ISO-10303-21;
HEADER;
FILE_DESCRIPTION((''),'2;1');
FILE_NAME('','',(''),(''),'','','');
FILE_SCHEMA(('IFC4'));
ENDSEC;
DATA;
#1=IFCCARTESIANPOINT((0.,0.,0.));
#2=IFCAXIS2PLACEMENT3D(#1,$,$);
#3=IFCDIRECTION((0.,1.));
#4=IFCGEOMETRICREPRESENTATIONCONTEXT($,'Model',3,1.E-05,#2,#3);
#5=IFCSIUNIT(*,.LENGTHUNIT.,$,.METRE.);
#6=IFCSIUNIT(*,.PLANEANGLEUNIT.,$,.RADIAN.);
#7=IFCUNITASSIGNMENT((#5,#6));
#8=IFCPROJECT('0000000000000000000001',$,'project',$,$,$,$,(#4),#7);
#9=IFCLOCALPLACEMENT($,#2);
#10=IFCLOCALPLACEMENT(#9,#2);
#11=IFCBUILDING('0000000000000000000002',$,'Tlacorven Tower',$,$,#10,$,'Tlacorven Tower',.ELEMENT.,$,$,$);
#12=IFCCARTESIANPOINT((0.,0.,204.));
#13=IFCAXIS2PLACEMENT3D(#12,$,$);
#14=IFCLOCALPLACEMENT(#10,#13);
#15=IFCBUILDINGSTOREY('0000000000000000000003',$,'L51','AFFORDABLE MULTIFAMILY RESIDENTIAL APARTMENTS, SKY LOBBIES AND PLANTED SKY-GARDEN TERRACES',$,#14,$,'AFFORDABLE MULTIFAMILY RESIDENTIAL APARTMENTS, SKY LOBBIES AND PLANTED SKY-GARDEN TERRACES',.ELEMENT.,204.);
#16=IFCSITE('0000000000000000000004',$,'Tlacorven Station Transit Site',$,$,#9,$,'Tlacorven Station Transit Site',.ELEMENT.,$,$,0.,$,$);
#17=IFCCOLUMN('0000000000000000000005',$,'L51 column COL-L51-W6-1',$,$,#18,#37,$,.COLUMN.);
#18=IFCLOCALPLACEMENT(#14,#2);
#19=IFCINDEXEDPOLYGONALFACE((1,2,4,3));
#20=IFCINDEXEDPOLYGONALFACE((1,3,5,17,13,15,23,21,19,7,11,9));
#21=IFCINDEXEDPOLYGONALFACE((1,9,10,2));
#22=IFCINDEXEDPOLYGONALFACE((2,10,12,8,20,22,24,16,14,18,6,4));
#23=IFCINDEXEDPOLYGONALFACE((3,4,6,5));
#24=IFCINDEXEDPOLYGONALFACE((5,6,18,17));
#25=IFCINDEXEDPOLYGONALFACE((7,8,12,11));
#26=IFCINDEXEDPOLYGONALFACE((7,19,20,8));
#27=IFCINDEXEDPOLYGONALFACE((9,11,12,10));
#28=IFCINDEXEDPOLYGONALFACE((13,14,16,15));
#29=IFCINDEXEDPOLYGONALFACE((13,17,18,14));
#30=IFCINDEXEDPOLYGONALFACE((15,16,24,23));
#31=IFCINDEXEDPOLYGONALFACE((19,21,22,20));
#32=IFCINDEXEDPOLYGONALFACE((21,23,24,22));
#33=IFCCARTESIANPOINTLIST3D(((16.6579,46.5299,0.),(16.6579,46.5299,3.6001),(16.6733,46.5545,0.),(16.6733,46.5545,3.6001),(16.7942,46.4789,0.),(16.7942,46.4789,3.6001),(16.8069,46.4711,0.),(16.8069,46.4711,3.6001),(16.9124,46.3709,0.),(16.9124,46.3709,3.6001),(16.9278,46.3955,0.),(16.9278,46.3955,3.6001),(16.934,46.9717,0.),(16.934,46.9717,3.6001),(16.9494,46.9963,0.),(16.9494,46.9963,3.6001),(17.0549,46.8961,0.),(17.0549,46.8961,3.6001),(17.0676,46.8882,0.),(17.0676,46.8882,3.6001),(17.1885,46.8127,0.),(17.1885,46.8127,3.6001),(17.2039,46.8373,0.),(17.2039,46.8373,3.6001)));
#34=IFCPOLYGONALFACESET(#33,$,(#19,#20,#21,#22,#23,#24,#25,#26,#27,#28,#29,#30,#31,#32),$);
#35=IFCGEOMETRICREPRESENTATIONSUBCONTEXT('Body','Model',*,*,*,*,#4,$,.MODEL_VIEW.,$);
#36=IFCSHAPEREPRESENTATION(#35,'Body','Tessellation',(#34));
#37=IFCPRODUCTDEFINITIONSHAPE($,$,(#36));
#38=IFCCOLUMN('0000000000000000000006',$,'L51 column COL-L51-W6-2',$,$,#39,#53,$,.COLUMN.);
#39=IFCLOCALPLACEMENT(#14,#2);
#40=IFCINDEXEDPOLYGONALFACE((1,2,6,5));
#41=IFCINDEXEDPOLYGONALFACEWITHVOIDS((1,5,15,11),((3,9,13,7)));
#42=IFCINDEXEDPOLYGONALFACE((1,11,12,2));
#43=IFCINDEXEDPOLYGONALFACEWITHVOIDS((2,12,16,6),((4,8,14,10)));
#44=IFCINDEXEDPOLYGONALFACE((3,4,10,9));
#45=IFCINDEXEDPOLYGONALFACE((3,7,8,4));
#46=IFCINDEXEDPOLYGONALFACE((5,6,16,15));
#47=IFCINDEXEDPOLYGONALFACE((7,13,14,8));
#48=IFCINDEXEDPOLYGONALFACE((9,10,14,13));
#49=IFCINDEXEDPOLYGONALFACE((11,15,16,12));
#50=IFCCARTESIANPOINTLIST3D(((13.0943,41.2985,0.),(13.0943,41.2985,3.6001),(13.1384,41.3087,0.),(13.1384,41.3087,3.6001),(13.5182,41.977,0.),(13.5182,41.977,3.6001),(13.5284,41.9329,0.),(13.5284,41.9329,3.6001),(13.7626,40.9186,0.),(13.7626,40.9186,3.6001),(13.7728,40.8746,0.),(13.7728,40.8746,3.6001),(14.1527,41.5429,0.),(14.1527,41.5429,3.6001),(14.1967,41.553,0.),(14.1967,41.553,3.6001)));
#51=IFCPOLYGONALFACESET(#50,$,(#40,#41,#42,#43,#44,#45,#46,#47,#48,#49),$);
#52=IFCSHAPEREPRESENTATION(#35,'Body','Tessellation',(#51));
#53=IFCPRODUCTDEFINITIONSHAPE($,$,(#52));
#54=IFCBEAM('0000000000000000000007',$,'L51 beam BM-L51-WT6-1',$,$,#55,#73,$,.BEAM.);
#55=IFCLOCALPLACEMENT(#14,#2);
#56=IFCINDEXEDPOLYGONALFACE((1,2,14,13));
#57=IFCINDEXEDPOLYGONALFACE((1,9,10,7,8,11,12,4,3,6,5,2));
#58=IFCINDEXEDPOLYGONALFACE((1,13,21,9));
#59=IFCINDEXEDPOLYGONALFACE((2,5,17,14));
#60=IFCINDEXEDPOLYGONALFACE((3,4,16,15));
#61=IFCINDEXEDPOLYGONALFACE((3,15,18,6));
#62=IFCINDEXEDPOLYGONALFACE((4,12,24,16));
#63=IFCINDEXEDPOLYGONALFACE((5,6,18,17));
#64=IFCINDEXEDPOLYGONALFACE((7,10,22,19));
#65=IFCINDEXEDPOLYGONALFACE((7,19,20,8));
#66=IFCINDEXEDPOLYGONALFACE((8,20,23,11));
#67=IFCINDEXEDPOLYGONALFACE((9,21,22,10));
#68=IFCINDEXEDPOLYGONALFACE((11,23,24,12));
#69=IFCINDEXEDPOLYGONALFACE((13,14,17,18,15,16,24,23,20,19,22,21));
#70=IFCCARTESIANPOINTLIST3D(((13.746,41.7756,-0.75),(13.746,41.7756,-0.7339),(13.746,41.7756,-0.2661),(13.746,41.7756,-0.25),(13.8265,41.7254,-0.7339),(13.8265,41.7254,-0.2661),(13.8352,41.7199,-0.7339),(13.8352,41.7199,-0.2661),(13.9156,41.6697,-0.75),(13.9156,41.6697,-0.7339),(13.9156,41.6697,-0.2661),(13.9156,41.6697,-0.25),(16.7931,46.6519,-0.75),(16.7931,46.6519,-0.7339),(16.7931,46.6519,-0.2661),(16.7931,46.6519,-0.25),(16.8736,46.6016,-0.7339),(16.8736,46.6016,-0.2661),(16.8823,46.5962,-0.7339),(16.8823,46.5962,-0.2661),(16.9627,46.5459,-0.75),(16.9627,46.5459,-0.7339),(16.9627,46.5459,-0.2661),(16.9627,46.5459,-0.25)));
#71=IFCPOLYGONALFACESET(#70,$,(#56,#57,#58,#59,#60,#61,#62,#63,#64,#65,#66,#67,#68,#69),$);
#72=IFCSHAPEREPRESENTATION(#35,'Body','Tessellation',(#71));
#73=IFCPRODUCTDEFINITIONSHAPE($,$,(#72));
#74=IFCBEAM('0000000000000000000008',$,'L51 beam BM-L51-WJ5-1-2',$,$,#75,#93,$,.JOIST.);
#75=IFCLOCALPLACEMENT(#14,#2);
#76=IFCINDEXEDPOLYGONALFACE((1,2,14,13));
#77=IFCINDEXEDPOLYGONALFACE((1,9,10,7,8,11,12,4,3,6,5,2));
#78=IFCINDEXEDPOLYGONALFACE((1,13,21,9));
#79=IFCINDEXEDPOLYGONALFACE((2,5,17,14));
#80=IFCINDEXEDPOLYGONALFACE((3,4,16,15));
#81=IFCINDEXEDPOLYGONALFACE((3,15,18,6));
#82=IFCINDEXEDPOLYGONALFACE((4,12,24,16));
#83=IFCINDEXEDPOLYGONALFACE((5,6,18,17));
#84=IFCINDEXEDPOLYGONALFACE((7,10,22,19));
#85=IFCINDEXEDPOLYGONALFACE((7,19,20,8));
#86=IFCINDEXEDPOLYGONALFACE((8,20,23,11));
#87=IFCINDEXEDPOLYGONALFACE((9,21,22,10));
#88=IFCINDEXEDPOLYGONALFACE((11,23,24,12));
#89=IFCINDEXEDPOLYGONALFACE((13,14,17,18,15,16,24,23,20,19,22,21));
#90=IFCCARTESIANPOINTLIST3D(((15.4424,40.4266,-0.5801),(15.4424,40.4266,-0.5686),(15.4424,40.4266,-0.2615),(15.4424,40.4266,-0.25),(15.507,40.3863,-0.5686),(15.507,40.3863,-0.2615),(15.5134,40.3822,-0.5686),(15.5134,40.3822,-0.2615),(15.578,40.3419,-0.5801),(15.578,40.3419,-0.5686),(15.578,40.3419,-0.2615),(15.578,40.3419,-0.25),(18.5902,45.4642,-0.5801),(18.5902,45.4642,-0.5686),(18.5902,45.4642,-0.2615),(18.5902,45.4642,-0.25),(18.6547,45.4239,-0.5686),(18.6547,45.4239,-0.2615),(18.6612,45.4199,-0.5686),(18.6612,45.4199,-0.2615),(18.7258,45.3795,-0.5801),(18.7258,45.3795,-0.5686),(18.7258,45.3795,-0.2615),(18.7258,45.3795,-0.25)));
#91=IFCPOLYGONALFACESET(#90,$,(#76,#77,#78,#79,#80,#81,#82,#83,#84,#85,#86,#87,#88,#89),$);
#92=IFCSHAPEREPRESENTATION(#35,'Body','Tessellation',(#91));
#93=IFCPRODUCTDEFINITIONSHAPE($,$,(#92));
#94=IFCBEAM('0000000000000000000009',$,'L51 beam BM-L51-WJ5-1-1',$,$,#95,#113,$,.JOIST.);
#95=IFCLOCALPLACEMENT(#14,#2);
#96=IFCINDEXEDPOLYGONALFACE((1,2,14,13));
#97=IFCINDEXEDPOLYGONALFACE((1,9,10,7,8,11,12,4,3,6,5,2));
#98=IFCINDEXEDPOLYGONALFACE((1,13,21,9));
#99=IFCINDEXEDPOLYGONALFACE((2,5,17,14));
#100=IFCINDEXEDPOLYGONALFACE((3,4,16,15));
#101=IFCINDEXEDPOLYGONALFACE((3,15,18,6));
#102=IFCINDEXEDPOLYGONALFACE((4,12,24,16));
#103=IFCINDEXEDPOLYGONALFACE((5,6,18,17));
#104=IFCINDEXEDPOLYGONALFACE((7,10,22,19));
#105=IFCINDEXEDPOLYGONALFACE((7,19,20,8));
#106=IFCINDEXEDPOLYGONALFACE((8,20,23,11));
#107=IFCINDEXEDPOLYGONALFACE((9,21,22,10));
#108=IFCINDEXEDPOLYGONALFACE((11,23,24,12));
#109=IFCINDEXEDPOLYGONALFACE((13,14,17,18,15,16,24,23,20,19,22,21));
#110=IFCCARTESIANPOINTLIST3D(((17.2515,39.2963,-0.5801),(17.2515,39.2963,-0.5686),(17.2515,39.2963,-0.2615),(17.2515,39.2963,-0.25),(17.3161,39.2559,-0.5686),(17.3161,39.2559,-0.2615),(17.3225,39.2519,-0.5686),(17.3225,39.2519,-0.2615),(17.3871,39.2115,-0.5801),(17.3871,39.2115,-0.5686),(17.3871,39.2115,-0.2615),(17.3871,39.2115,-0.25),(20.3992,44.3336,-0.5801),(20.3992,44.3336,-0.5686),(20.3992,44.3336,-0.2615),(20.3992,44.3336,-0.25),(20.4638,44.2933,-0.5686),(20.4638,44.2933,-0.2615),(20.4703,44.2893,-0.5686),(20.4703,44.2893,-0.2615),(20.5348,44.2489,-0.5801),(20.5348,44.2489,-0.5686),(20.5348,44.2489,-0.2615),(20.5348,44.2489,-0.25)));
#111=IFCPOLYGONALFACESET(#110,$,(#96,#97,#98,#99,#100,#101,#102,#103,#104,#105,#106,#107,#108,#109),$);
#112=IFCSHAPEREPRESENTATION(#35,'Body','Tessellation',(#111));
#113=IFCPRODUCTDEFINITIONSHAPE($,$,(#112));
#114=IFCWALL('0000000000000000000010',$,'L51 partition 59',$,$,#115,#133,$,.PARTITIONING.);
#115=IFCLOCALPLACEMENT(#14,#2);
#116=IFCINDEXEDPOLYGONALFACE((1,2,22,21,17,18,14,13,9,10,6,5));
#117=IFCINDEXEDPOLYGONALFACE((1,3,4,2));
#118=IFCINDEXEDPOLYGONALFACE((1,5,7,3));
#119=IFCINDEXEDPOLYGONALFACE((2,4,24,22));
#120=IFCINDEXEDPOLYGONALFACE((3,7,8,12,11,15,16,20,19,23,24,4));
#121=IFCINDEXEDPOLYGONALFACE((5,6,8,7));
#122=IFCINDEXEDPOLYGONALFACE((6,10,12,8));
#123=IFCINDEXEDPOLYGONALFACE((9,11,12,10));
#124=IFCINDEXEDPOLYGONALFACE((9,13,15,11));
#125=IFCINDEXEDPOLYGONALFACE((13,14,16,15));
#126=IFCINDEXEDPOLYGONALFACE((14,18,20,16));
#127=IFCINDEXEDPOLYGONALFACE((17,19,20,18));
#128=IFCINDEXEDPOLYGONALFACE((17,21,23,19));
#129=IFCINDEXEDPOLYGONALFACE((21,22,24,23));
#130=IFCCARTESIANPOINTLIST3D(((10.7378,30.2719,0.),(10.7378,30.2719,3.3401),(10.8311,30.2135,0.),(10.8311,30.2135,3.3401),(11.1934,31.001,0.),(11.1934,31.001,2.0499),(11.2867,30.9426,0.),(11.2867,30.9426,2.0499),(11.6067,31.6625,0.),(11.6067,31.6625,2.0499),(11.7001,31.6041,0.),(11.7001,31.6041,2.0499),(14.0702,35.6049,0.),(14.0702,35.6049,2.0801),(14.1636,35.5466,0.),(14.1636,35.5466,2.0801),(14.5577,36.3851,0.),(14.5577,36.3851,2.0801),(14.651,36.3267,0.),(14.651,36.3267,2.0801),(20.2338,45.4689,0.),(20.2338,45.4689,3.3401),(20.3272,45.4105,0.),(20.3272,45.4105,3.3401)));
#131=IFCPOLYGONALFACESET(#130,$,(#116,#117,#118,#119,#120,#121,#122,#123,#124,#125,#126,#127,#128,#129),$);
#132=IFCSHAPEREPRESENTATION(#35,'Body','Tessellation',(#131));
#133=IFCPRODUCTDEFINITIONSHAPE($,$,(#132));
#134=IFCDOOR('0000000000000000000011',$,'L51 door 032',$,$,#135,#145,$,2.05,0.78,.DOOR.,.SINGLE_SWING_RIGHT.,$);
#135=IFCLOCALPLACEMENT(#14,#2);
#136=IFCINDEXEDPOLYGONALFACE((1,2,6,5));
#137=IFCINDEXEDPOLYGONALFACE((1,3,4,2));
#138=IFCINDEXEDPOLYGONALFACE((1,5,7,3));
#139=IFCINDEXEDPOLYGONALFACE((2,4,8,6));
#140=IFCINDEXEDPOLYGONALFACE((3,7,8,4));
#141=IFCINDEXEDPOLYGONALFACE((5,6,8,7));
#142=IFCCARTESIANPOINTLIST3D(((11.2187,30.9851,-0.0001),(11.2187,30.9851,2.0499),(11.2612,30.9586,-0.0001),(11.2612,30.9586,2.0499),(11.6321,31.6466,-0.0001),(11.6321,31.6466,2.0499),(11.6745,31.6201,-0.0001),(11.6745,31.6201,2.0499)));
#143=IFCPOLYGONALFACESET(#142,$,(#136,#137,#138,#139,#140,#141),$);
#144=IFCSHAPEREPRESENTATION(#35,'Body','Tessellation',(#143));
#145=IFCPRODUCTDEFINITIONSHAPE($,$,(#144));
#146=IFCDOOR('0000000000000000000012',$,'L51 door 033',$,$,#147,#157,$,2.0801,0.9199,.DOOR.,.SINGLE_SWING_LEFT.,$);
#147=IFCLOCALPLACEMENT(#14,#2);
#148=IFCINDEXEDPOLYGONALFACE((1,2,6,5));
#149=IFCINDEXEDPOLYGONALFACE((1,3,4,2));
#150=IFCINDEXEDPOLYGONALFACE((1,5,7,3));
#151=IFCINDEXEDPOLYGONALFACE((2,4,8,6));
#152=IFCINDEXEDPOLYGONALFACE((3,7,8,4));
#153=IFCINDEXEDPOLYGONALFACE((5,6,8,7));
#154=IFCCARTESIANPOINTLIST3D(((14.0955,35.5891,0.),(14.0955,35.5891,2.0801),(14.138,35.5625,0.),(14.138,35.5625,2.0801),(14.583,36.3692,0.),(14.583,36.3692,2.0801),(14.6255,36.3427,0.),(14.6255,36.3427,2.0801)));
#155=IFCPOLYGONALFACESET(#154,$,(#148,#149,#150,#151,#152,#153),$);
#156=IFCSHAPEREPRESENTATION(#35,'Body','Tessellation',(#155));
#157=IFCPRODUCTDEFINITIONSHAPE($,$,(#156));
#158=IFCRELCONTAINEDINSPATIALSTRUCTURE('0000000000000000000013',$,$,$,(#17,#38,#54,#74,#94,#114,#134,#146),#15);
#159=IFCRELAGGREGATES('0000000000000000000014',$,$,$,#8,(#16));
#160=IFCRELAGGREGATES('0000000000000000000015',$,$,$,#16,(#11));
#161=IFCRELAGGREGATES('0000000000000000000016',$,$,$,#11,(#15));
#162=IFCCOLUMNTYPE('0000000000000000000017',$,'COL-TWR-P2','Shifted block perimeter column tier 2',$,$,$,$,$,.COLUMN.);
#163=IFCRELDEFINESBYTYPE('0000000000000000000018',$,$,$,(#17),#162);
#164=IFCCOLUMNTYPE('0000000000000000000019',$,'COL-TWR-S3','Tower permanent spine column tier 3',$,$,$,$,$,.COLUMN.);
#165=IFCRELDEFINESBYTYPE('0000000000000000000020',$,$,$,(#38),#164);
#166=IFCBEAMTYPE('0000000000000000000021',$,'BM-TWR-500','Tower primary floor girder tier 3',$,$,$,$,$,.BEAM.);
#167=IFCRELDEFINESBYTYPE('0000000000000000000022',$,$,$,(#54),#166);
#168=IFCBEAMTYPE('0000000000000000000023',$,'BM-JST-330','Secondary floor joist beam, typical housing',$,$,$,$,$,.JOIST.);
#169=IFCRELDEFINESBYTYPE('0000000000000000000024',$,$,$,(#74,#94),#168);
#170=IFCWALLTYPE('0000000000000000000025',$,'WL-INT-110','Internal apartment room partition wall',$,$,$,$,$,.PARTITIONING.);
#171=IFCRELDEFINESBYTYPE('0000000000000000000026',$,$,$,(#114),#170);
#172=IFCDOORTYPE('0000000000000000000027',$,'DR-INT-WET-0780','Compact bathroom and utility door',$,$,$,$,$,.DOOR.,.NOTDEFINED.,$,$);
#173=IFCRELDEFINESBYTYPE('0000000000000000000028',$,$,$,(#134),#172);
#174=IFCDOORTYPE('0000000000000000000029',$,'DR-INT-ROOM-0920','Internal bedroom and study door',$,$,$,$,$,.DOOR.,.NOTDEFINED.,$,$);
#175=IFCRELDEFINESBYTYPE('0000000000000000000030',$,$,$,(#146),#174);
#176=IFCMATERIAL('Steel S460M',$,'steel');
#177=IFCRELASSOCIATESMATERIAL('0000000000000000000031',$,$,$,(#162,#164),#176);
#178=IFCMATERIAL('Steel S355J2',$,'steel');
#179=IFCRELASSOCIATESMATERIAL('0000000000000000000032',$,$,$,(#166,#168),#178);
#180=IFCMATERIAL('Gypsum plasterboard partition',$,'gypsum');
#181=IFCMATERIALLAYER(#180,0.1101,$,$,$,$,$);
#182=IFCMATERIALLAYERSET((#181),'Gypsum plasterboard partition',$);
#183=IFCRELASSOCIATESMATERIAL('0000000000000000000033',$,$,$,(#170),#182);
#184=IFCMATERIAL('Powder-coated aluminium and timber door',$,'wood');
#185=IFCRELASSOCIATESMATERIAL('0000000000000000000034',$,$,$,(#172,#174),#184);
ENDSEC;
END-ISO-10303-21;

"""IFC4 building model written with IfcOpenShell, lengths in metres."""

from ifc_helpers import new_model, si_unit, direction, frame, frame_2d, origin, origin_2d, place, context, subcontext, project, spatial, rectangle, hollow_rectangle, i_section, extrude, source, transform, mapped, material, layer, layer_set, material_profile, profile_set, type_object, element, fill, save


model = new_model("IFC4")

# Units and contexts
model_context = context("Model", 3, precision=1e-05, world=origin(), true_north=direction((0.0, 1.0)))
body_context = subcontext(model_context, "Body", "Model", "MODEL_VIEW")
ifc_project = project(units=[si_unit("LENGTHUNIT", "METRE"), si_unit("PLANEANGLEUNIT", "RADIAN")], contexts=[model_context])

# Site, building, storey
site_placement = place(None, origin())
site = spatial("IfcSite", under=ifc_project, at=site_placement, Name="Tlacorven Station Transit Site", LongName="Tlacorven Station Transit Site", CompositionType="ELEMENT", RefElevation=0.0)
building_placement = place(site_placement, origin())
building = spatial("IfcBuilding", under=site, at=building_placement, Name="Tlacorven Tower", LongName="Tlacorven Tower", CompositionType="ELEMENT")
storey_placement = place(building_placement, frame((0.0, 0.0, 204.0)))
storey = spatial("IfcBuildingStorey", under=building, at=storey_placement, Name="L51", Description="AFFORDABLE MULTIFAMILY RESIDENTIAL APARTMENTS, SKY LOBBIES AND PLANTED SKY-GARDEN TERRACES", LongName="AFFORDABLE MULTIFAMILY RESIDENTIAL APARTMENTS, SKY LOBBIES AND PLANTED SKY-GARDEN TERRACES", CompositionType="ELEMENT", Elevation=204.0)

# Columns
ifc_material_1 = material(Name="Steel S460M", Category="steel")
ifc_material_profile_1 = material_profile(ifc_material_1, i_section(OverallWidth=0.3, OverallDepth=0.55, WebThickness=0.0149, FlangeThickness=0.0291, at=origin_2d()), Name="HEB 550")
ifc_profile_set_1 = profile_set([ifc_material_profile_1], Name="Steel S460M")
column_type_1 = type_object("IfcColumnType", Name="COL-TWR-P2", Description="Shifted block perimeter column tier 2", PredefinedType="COLUMN", material=ifc_profile_set_1)
shared_shape_1 = source(origin(), body_context, "Body", "SweptSolid", [
    extrude(i_section(OverallWidth=0.3, OverallDepth=0.55, WebThickness=0.0149, FlangeThickness=0.0291, at=origin_2d()), origin(), (0.0, 0.0, 1.0), 3.6001),
])
column_1_placement = place(storey_placement, frame((16.9309, 46.6836, 0.0), z_axis=(0.0, 0.0, 1.0), x_axis=(-0.848048, 0.529919, 0.0)))
element("IfcColumn", 1, at=column_1_placement, inside=storey, type_object=column_type_1, Name="L51 column COL-L51-W6-1", PredefinedType="COLUMN", context=body_context, shape_type="MappedRepresentation", body=[
    mapped(shared_shape_1, transform((0.0, 0.0, 0.0), scale=1.0)),
])
ifc_material_profile_2 = material_profile(ifc_material_1, hollow_rectangle(XDim=0.8, YDim=0.8, WallThickness=0.032, at=origin_2d()), Name="BOX 800X800X32")
ifc_profile_set_2 = profile_set([ifc_material_profile_2], Name="Steel S460M")
column_type_2 = type_object("IfcColumnType", Name="COL-TWR-S3", Description="Tower permanent spine column tier 3", PredefinedType="COLUMN", material=ifc_profile_set_2)
shared_shape_2 = source(origin(), body_context, "Body", "SweptSolid", [
    extrude(hollow_rectangle(XDim=0.8, YDim=0.8, WallThickness=0.032, at=origin_2d()), origin(), (0.0, 0.0, 1.0), 3.6001),
])
column_2_placement = place(storey_placement, frame((13.6455, 41.4258, 0.0), z_axis=(0.0, 0.0, 1.0), x_axis=(-0.848048, 0.529919, 0.0)))
element("IfcColumn", 2, at=column_2_placement, inside=storey, type_object=column_type_2, Name="L51 column COL-L51-W6-2", PredefinedType="COLUMN", context=body_context, shape_type="MappedRepresentation", body=[
    mapped(shared_shape_2, transform((0.0, 0.0, 0.0), scale=1.0)),
])

# Beams
ifc_material_2 = material(Name="Steel S355J2", Category="steel")
ifc_material_profile_3 = material_profile(ifc_material_2, i_section(OverallWidth=0.2, OverallDepth=0.5, WebThickness=0.0103, FlangeThickness=0.0161, at=origin_2d()), Name="IPE 500")
ifc_profile_set_3 = profile_set([ifc_material_profile_3], Name="Steel S355J2")
beam_type_1 = type_object("IfcBeamType", Name="BM-TWR-500", Description="Tower primary floor girder tier 3", PredefinedType="BEAM", material=ifc_profile_set_3)
shared_shape_3 = source(origin(), body_context, "Body", "SweptSolid", [
    extrude(i_section(OverallWidth=0.2, OverallDepth=0.5, WebThickness=0.0103, FlangeThickness=0.0161, at=origin_2d()), origin(), (0.0, 0.0, 1.0), 5.75),
])
beam_1_placement = place(storey_placement, frame((16.8779, 46.5989, -0.5), z_axis=(-0.529934, -0.848039, 0.0), x_axis=(0.848039, -0.529934, 0.0)))
element("IfcBeam", 3, at=beam_1_placement, inside=storey, type_object=beam_type_1, Name="L51 beam BM-L51-WT6-1", PredefinedType="BEAM", context=body_context, shape_type="MappedRepresentation", body=[
    mapped(shared_shape_3, transform((0.0, 0.0, 0.0), scale=1.0)),
])
ifc_material_profile_4 = material_profile(ifc_material_2, i_section(OverallWidth=0.1599, OverallDepth=0.3301, WebThickness=0.0076, FlangeThickness=0.0115, at=origin_2d()), Name="IPE 330")
ifc_profile_set_4 = profile_set([ifc_material_profile_4], Name="Steel S355J2")
beam_type_2 = type_object("IfcBeamType", Name="BM-JST-330", Description="Secondary floor joist beam, typical housing", PredefinedType="JOIST", material=ifc_profile_set_4)
shared_shape_4 = source(origin(), body_context, "Body", "SweptSolid", [
    extrude(i_section(OverallWidth=0.1599, OverallDepth=0.3301, WebThickness=0.0076, FlangeThickness=0.0115, at=origin_2d()), origin(), (0.0, 0.0, 1.0), 5.9402),
])
beam_2_placement = place(storey_placement, frame((18.658, 45.4219, -0.415), z_axis=(-0.529903, -0.848058, 0.0), x_axis=(0.848058, -0.529903, 0.0)))
element("IfcBeam", 4, at=beam_2_placement, inside=storey, type_object=beam_type_2, Name="L51 beam BM-L51-WJ5-1-2", PredefinedType="JOIST", context=body_context, shape_type="MappedRepresentation", body=[
    mapped(shared_shape_4, transform((0.0, 0.0, 0.0), scale=1.0)),
])
shared_shape_5 = source(origin(), body_context, "Body", "SweptSolid", [
    extrude(i_section(OverallWidth=0.1599, OverallDepth=0.3301, WebThickness=0.0076, FlangeThickness=0.0115, at=origin_2d()), origin(), (0.0, 0.0, 1.0), 5.9399),
])
beam_3_placement = place(storey_placement, frame((20.467, 44.2913, -0.415), z_axis=(-0.529921, -0.848047, 0.0), x_axis=(0.848047, -0.529921, 0.0)))
element("IfcBeam", 5, at=beam_3_placement, inside=storey, type_object=beam_type_2, Name="L51 beam BM-L51-WJ5-1-1", PredefinedType="JOIST", context=body_context, shape_type="MappedRepresentation", body=[
    mapped(shared_shape_5, transform((0.0, 0.0, 0.0), scale=1.0)),
])

# Shared definitions
ifc_material_3 = material(Name="Powder-coated aluminium and timber door", Category="wood")

# Wall, openings, doors
ifc_material_4 = material(Name="Gypsum plasterboard partition", Category="gypsum")
ifc_layer_1 = layer(ifc_material_4, 0.1101)
ifc_layer_set_1 = layer_set([ifc_layer_1], Name="Gypsum plasterboard partition")
wall_type_1 = type_object("IfcWallType", Name="WL-INT-110", Description="Internal apartment room partition wall", PredefinedType="PARTITIONING", material=ifc_layer_set_1)
wall_1_placement = place(storey_placement, frame((20.2805, 45.4397, 0.0), z_axis=(0.0, 0.0, 1.0), x_axis=(-0.529917, -0.84805, 0.0)))
wall_1 = element("IfcWall", 6, at=wall_1_placement, inside=storey, type_object=wall_type_1, Name="L51 partition 59", PredefinedType="PARTITIONING", context=body_context, shape_type="SweptSolid", body=[
    extrude(rectangle(XDim=17.9199, YDim=0.1101, at=frame_2d((8.96, 0.0))), origin(), (0.0, 0.0, 1.0), 3.3401),
])
opening_1_placement = place(wall_1_placement, frame((16.28, 0.0, 0.0)))
opening_1 = element("IfcOpeningElement", 7, at=opening_1_placement, cuts=wall_1, PredefinedType="OPENING", context=body_context, shape_type="SweptSolid", body=[
    extrude(rectangle(XDim=0.78, YDim=2.05, at=frame_2d((0.3901, 1.0249))), frame((0.0, 0.0649, 0.0), z_axis=(0.0, -1.0, 0.0), x_axis=(1.0, 0.0, 0.0)), (0.0, 0.0, 1.0), 0.1301),
])
opening_2_placement = place(wall_1_placement, frame((10.7114, 0.0, 0.0)))
opening_2 = element("IfcOpeningElement", 8, at=opening_2_placement, cuts=wall_1, PredefinedType="OPENING", context=body_context, shape_type="SweptSolid", body=[
    extrude(rectangle(XDim=0.9199, YDim=2.0801, at=frame_2d((0.46, 1.04))), frame((0.0, 0.0649, 0.0), z_axis=(0.0, -1.0, 0.0), x_axis=(1.0, 0.0, 0.0)), (0.0, 0.0, 1.0), 0.1301),
])
door_type_1 = type_object("IfcDoorType", Name="DR-INT-WET-0780", Description="Compact bathroom and utility door", OperationType="NOTDEFINED", PredefinedType="DOOR", material=ifc_material_3)
shared_shape_6 = source(origin(), body_context, "Body", "SweptSolid", [
    extrude(rectangle(XDim=0.78, YDim=2.05, at=frame_2d((0.3901, 1.0249))), frame((0.0, 0.0249, 0.0), z_axis=(0.0, -1.0, 0.0), x_axis=(1.0, 0.0, 0.0)), (0.0, 0.0, 1.0), 0.05),
])
door_1_placement = place(opening_1_placement, origin())
door_1 = element("IfcDoor", 9, at=door_1_placement, inside=storey, type_object=door_type_1, Name="L51 door 032", OperationType="SINGLE_SWING_RIGHT", OverallHeight=2.05, OverallWidth=0.78, PredefinedType="DOOR", context=body_context, shape_type="MappedRepresentation", body=[
    mapped(shared_shape_6, transform((0.0, 0.0, 0.0), scale=1.0)),
])
fill(opening_1, door_1)
door_type_2 = type_object("IfcDoorType", Name="DR-INT-ROOM-0920", Description="Internal bedroom and study door", OperationType="NOTDEFINED", PredefinedType="DOOR", material=ifc_material_3)
shared_shape_7 = source(origin(), body_context, "Body", "SweptSolid", [
    extrude(rectangle(XDim=0.9199, YDim=2.0801, at=frame_2d((0.46, 1.04))), frame((0.0, 0.0249, 0.0), z_axis=(0.0, -1.0, 0.0), x_axis=(1.0, 0.0, 0.0)), (0.0, 0.0, 1.0), 0.05),
])
door_2_placement = place(opening_2_placement, origin())
door_2 = element("IfcDoor", 10, at=door_2_placement, inside=storey, type_object=door_type_2, Name="L51 door 033", OperationType="SINGLE_SWING_LEFT", OverallHeight=2.0801, OverallWidth=0.9199, PredefinedType="DOOR", context=body_context, shape_type="MappedRepresentation", body=[
    mapped(shared_shape_7, transform((0.0, 0.0, 0.0), scale=1.0)),
])
fill(opening_2, door_2)

save(model, "model.ifc")
